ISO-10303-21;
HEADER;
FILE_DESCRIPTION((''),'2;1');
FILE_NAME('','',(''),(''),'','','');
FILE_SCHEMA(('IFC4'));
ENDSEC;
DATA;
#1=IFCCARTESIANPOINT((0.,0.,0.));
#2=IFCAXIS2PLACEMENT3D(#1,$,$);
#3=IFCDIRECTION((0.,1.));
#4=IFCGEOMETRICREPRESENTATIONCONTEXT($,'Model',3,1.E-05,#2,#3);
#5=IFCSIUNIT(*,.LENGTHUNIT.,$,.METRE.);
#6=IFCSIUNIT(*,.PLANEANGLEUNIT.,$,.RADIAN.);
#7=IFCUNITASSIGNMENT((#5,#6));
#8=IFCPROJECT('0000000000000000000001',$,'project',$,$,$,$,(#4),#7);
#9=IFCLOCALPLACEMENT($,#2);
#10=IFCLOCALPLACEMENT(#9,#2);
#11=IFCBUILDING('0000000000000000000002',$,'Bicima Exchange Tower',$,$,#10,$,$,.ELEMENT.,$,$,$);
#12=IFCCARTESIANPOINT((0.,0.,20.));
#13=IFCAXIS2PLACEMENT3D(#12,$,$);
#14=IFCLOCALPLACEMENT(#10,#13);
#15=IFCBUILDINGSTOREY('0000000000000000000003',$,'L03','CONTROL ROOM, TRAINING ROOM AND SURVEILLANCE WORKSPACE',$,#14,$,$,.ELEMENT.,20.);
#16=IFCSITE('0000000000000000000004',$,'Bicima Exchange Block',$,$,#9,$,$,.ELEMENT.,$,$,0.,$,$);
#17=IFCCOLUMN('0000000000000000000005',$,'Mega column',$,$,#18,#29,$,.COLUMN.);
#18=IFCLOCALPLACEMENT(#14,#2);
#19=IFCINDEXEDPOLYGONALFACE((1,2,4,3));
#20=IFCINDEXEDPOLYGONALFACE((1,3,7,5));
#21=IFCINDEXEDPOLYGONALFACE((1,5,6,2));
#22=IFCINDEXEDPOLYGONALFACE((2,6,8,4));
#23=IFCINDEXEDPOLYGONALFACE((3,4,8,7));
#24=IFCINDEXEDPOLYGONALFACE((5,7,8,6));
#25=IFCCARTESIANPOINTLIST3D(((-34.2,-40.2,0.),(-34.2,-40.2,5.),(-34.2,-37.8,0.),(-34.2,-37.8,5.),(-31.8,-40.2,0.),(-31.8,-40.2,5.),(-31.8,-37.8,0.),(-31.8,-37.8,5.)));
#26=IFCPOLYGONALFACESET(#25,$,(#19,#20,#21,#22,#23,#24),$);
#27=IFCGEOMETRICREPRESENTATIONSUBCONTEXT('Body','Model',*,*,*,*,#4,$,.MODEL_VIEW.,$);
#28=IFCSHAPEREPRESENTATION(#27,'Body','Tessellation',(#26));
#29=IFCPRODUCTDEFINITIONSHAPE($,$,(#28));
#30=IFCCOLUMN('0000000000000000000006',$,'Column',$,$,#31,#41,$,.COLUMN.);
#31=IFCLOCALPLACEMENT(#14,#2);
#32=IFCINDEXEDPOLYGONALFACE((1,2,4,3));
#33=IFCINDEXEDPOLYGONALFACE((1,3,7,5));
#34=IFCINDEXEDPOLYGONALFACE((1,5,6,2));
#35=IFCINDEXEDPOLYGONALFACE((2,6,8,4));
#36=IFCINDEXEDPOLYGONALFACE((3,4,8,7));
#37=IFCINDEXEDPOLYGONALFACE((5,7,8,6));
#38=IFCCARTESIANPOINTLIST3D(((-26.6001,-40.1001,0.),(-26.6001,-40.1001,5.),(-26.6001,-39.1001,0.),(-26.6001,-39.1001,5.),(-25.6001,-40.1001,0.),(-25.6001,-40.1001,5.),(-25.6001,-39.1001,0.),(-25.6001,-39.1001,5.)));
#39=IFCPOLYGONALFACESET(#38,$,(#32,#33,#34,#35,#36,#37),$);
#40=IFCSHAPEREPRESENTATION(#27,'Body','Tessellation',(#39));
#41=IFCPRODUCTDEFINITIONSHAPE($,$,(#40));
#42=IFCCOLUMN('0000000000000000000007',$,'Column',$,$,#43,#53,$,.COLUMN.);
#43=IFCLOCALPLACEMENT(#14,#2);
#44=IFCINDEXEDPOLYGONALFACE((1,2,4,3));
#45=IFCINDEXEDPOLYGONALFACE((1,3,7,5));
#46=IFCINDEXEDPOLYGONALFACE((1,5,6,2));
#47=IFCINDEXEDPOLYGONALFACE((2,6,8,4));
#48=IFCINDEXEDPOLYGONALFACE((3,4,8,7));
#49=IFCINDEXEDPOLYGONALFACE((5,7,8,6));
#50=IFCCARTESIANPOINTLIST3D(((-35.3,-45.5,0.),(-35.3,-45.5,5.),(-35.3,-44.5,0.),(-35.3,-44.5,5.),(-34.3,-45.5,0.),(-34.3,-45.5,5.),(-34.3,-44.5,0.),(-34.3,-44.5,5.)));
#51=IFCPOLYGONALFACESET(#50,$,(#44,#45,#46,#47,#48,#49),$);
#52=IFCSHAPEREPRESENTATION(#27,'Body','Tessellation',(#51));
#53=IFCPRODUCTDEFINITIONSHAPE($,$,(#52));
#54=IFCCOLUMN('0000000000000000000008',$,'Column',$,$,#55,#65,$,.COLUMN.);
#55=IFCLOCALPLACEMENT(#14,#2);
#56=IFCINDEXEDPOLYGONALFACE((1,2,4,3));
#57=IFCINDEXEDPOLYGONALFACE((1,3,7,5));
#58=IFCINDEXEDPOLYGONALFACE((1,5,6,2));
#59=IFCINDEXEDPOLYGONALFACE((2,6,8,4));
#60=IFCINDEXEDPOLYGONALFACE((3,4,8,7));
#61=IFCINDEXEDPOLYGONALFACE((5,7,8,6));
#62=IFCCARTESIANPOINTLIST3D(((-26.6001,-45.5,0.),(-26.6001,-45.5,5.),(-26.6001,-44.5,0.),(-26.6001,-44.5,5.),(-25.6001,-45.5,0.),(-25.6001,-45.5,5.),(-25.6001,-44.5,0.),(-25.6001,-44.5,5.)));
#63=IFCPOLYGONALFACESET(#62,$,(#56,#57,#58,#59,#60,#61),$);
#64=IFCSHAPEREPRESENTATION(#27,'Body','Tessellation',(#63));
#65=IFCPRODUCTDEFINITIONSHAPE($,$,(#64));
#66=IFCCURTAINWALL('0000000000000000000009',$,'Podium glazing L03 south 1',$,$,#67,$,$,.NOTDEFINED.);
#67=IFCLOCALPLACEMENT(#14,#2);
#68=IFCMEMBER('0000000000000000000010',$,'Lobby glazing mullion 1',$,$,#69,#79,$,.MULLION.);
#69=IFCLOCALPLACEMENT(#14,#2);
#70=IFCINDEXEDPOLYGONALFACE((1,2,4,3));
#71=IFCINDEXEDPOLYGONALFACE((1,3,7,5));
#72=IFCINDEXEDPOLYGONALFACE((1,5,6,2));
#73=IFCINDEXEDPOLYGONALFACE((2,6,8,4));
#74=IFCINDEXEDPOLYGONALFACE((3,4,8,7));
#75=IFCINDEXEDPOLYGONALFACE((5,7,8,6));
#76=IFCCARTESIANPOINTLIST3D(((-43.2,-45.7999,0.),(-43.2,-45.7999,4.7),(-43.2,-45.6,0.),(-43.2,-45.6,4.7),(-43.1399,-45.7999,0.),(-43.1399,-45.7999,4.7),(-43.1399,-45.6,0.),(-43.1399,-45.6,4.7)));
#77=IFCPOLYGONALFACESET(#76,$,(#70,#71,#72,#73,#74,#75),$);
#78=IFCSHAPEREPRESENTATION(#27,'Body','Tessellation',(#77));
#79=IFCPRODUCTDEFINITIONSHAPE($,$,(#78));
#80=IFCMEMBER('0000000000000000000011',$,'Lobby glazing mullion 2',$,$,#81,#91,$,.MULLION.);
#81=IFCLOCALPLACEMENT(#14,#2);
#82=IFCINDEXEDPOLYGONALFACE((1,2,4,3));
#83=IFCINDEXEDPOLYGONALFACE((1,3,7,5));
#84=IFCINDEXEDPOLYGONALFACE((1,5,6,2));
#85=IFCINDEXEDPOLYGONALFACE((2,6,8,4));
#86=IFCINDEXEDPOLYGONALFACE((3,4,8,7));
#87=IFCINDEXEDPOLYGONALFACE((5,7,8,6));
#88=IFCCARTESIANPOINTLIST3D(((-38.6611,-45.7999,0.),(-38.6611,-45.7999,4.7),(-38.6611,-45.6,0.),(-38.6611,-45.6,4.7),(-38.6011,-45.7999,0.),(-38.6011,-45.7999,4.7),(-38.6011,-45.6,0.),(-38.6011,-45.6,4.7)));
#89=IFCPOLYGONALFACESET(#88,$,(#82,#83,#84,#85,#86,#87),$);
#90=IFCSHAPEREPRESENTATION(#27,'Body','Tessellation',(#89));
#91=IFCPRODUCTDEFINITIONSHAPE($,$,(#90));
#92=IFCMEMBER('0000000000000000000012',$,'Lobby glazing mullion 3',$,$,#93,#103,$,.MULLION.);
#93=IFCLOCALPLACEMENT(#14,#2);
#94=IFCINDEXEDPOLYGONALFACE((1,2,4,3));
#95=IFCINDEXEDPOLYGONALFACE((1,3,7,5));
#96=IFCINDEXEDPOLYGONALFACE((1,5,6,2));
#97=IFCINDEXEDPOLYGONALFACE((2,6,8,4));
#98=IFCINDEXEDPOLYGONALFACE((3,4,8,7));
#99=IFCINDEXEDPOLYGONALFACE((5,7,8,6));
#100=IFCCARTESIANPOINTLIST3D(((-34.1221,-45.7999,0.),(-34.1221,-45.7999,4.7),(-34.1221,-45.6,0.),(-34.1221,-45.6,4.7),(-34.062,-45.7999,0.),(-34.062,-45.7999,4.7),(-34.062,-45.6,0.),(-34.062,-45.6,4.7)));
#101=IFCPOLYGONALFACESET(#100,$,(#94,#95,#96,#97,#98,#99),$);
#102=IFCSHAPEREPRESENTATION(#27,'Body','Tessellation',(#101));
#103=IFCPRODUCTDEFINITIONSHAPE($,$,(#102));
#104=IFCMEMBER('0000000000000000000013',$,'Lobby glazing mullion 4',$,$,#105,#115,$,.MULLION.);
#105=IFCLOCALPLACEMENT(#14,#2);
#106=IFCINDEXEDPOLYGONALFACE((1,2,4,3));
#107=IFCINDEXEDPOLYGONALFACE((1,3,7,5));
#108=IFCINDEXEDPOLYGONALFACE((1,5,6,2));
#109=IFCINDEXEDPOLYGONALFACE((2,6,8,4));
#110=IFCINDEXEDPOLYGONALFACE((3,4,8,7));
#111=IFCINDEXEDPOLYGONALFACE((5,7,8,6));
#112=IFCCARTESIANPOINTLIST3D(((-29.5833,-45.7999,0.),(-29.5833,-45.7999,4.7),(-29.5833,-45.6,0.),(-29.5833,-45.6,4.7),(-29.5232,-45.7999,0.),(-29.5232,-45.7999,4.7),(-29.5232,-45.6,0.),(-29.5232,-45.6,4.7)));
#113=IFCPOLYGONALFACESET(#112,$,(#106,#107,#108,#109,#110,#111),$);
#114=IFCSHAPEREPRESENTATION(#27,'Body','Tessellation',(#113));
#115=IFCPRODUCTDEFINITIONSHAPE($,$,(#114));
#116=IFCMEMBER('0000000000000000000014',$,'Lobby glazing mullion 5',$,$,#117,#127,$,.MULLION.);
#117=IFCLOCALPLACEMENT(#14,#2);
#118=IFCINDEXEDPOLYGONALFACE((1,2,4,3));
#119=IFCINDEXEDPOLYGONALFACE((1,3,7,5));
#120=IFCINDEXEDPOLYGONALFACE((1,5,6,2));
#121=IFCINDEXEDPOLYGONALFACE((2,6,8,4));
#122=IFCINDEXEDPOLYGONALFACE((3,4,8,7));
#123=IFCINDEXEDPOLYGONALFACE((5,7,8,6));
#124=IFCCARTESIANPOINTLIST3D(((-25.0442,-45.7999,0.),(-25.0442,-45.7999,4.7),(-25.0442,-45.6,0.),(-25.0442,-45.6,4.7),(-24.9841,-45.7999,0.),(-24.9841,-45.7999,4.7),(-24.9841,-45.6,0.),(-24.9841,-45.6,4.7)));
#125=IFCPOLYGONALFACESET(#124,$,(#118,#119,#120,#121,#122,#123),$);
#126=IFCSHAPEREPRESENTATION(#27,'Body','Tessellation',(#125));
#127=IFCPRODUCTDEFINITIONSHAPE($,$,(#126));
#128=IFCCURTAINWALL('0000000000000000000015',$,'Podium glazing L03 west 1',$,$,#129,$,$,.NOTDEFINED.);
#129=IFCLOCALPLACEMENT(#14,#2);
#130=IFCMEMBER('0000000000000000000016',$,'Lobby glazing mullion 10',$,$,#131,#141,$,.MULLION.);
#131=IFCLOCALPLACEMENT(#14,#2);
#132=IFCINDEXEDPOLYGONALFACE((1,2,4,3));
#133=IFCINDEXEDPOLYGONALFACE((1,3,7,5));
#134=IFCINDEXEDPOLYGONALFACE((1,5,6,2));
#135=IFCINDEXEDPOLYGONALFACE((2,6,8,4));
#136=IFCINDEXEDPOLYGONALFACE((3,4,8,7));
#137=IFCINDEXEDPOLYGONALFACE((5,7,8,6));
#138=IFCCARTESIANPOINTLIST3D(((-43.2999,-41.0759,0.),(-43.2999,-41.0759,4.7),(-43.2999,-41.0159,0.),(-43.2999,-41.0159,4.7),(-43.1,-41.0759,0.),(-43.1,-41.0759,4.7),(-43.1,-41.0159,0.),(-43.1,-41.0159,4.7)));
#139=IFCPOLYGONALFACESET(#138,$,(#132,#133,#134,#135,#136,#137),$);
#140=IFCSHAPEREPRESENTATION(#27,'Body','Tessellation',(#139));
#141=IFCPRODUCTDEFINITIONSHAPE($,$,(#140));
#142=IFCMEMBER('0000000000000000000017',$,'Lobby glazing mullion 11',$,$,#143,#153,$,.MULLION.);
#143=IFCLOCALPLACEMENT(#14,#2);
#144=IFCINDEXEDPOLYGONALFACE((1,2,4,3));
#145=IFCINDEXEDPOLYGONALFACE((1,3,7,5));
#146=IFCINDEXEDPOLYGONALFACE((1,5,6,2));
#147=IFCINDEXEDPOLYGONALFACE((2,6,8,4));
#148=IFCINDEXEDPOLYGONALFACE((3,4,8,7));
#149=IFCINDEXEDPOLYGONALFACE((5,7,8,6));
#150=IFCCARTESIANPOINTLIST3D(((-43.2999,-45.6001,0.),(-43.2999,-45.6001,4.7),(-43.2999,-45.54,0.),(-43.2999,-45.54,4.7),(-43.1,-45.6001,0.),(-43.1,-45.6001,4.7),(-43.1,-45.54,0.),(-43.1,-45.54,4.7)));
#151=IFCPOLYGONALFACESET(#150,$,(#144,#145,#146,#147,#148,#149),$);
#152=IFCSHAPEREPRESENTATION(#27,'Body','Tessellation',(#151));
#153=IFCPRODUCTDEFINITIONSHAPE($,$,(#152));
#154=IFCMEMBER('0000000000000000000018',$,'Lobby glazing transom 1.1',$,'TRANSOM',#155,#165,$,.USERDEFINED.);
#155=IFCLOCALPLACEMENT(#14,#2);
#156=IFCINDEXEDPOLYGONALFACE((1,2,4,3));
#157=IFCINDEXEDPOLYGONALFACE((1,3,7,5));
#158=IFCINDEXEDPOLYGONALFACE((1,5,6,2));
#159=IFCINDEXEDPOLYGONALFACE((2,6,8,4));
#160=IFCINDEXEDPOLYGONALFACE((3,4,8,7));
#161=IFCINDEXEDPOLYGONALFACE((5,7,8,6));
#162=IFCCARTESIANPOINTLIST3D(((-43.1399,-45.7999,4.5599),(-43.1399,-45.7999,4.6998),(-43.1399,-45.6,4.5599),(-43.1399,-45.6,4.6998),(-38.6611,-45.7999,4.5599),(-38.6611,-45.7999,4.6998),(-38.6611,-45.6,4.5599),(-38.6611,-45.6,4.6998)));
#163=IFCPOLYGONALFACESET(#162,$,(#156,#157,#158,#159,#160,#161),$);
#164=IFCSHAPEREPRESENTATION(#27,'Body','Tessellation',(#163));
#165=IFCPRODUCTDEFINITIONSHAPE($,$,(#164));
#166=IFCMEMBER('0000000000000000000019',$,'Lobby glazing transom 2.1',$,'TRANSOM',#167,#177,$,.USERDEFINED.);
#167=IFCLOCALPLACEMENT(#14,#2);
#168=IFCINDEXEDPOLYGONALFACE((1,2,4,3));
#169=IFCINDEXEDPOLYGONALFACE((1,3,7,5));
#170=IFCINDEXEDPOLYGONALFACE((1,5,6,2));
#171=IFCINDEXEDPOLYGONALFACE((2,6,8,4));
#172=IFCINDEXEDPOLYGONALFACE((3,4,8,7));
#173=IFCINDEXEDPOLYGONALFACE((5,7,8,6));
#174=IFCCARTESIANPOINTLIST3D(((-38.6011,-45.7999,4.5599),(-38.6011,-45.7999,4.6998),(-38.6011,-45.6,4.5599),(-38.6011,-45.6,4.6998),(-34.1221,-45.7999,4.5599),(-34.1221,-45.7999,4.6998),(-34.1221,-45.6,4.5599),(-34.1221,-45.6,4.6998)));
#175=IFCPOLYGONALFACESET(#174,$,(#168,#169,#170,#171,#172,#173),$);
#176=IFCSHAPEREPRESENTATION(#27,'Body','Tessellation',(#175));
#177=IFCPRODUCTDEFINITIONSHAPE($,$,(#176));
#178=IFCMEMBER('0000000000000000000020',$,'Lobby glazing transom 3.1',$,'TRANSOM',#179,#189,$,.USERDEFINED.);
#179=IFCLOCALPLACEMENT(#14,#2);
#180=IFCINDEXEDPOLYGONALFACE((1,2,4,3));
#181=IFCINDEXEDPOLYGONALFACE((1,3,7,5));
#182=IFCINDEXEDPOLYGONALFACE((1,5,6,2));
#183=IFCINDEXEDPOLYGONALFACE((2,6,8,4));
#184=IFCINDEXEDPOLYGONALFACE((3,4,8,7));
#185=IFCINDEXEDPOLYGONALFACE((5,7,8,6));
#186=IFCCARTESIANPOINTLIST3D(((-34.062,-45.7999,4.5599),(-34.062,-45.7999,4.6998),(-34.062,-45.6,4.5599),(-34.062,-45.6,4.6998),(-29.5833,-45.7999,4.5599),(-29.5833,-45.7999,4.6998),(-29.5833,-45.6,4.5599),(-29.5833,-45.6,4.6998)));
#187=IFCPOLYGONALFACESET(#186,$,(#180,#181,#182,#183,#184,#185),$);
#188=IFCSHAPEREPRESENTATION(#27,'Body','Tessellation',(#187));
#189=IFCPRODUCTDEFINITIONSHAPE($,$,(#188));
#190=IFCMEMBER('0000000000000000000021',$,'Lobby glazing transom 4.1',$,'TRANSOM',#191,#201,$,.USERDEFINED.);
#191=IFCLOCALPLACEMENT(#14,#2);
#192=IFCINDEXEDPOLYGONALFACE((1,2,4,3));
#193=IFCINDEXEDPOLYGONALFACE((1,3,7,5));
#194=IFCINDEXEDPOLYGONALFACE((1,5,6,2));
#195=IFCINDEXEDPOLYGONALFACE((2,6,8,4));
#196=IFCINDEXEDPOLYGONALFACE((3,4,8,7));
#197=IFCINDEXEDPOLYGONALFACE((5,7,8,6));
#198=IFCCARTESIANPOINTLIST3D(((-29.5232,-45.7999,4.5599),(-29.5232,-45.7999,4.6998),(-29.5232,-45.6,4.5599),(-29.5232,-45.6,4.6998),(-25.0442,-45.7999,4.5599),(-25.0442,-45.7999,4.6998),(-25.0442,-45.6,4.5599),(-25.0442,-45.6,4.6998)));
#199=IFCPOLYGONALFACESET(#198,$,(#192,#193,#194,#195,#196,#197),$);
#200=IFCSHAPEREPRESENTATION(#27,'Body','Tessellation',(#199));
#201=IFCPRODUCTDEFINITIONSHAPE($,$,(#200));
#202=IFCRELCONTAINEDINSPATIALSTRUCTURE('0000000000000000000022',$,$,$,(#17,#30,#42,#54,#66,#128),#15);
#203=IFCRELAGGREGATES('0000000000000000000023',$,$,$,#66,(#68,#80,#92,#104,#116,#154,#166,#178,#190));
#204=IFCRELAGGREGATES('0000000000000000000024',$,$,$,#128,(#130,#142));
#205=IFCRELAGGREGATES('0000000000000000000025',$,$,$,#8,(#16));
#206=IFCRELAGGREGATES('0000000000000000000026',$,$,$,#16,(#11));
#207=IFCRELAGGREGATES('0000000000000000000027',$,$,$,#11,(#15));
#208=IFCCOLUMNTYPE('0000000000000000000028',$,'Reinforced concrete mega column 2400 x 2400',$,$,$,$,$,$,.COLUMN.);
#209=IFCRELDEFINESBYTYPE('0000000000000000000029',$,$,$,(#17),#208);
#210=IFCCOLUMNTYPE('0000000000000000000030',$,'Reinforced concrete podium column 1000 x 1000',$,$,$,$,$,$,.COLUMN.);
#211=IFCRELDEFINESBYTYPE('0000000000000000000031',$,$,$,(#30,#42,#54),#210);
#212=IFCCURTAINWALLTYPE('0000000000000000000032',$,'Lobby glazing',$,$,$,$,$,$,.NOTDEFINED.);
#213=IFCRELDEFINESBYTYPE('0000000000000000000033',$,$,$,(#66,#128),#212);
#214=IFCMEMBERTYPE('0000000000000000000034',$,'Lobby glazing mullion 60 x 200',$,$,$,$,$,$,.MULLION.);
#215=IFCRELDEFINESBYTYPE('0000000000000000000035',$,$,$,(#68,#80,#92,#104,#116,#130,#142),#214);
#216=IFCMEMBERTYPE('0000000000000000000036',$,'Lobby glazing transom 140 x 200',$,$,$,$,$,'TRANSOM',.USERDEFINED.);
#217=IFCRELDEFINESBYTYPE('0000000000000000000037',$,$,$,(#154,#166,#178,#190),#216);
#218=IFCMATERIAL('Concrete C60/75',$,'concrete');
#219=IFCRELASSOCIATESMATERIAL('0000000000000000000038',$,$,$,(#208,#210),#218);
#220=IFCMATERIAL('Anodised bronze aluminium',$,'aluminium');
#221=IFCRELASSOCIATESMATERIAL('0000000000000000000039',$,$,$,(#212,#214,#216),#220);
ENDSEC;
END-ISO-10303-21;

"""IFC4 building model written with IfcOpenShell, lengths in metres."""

from ifc_helpers import new_model, si_unit, direction, frame, origin, origin_2d, place, context, subcontext, project, spatial, rectangle, extrude, material, material_profile, profile_set, type_object, element, aggregate, save


model = new_model("IFC4")

# Units and contexts
model_context = context("Model", 3, precision=1e-05, world=origin(), true_north=direction((0.0, 1.0)))
body_context = subcontext(model_context, "Body", "Model", "MODEL_VIEW")
ifc_project = project(units=[si_unit("LENGTHUNIT", "METRE"), si_unit("PLANEANGLEUNIT", "RADIAN")], contexts=[model_context])

# Site, building, storey
site_placement = place(None, origin())
site = spatial("IfcSite", under=ifc_project, at=site_placement, Name="Bicima Exchange Block", CompositionType="ELEMENT", RefElevation=0.0)
building_placement = place(site_placement, origin())
building = spatial("IfcBuilding", under=site, at=building_placement, Name="Bicima Exchange Tower", CompositionType="ELEMENT")
storey_placement = place(building_placement, frame((0.0, 0.0, 20.0)))
storey = spatial("IfcBuildingStorey", under=building, at=storey_placement, Name="L03", Description="CONTROL ROOM, TRAINING ROOM AND SURVEILLANCE WORKSPACE", CompositionType="ELEMENT", Elevation=20.0)

# Columns
ifc_material_1 = material(Name="Concrete C60/75", Category="concrete")
ifc_material_profile_1 = material_profile(ifc_material_1, rectangle(XDim=2.3999, YDim=2.3999, at=origin_2d()))
ifc_profile_set_1 = profile_set([ifc_material_profile_1], Name="Concrete C60/75")
column_type_1 = type_object("IfcColumnType", Name="Reinforced concrete mega column 2400 x 2400", PredefinedType="COLUMN", material=ifc_profile_set_1)
column_placement = place(storey_placement, frame((-33.0, -39.0, 0.0), z_axis=(0.0, 0.0, 1.0), x_axis=(1.0, 0.0, 0.0)))
element("IfcColumn", 1, at=column_placement, inside=storey, type_object=column_type_1, Name="Mega column", PredefinedType="COLUMN", context=body_context, shape_type="SweptSolid", body=[
    extrude(rectangle(XDim=2.3999, YDim=2.3999, at=origin_2d()), origin(), (0.0, 0.0, 1.0), 5.0),
])
ifc_material_profile_2 = material_profile(ifc_material_1, rectangle(XDim=1.0, YDim=1.0, at=origin_2d()))
ifc_profile_set_2 = profile_set([ifc_material_profile_2], Name="Concrete C60/75")
column_type_2 = type_object("IfcColumnType", Name="Reinforced concrete podium column 1000 x 1000", PredefinedType="COLUMN", material=ifc_profile_set_2)
for number, where, z_axis, x_axis, name in (
    (2, (-26.1001, -39.6001, 0.0), (0.0, 0.0, 1.0), (1.0, 0.0, 0.0), "Column"),
    (3, (-34.8, -45.0, 0.0), (0.0, 0.0, 1.0), (1.0, 0.0, 0.0), "Column"),
    (4, (-26.1001, -45.0, 0.0), (0.0, 0.0, 1.0), (1.0, 0.0, 0.0), "Column"),
):
    element("IfcColumn", number, at=place(storey_placement, frame(where, z_axis=z_axis, x_axis=x_axis)), inside=storey, type_object=column_type_2, Name=name, PredefinedType="COLUMN", context=body_context, shape_type="SweptSolid", body=[
        extrude(rectangle(XDim=1.0, YDim=1.0, at=origin_2d()), origin(), (0.0, 0.0, 1.0), 5.0),
    ])

# Curtain walls, members
ifc_material_2 = material(Name="Anodised bronze aluminium", Category="aluminium")
curtain_wall_type = type_object("IfcCurtainWallType", Name="Lobby glazing", PredefinedType="NOTDEFINED", material=ifc_material_2)
curtain_wall_1_placement = place(storey_placement, origin())
curtain_wall_1 = element("IfcCurtainWall", 5, at=curtain_wall_1_placement, inside=storey, type_object=curtain_wall_type, Name="Podium glazing L03 south 1", PredefinedType="NOTDEFINED")
ifc_material_profile_3 = material_profile(ifc_material_2, rectangle(XDim=0.2, YDim=0.0601, at=origin_2d()))
ifc_profile_set_3 = profile_set([ifc_material_profile_3], Name="Anodised bronze aluminium")
member_type_1 = type_object("IfcMemberType", Name="Lobby glazing mullion 60 x 200", PredefinedType="MULLION", material=ifc_profile_set_3)
member_1_placement = place(storey_placement, frame((-43.1699, -45.7, 0.0), z_axis=(0.0, 0.0, 1.0), x_axis=(0.0, 1.0, 0.0)))
member_1 = element("IfcMember", 6, at=member_1_placement, type_object=member_type_1, Name="Lobby glazing mullion 1", PredefinedType="MULLION", context=body_context, shape_type="SweptSolid", body=[
    extrude(rectangle(XDim=0.2, YDim=0.0601, at=origin_2d()), origin(), (0.0, 0.0, 1.0), 4.7),
])
member_2_placement = place(storey_placement, frame((-38.6311, -45.7, 0.0), z_axis=(0.0, 0.0, 1.0), x_axis=(0.0, 1.0, 0.0)))
member_2 = element("IfcMember", 7, at=member_2_placement, type_object=member_type_1, Name="Lobby glazing mullion 2", PredefinedType="MULLION", context=body_context, shape_type="SweptSolid", body=[
    extrude(rectangle(XDim=0.2, YDim=0.0601, at=origin_2d()), origin(), (0.0, 0.0, 1.0), 4.7),
])
member_3_placement = place(storey_placement, frame((-34.092, -45.7, 0.0), z_axis=(0.0, 0.0, 1.0), x_axis=(0.0, 1.0, 0.0)))
member_3 = element("IfcMember", 8, at=member_3_placement, type_object=member_type_1, Name="Lobby glazing mullion 3", PredefinedType="MULLION", context=body_context, shape_type="SweptSolid", body=[
    extrude(rectangle(XDim=0.2, YDim=0.0601, at=origin_2d()), origin(), (0.0, 0.0, 1.0), 4.7),
])
member_4_placement = place(storey_placement, frame((-29.5532, -45.7, 0.0), z_axis=(0.0, 0.0, 1.0), x_axis=(0.0, 1.0, 0.0)))
member_4 = element("IfcMember", 9, at=member_4_placement, type_object=member_type_1, Name="Lobby glazing mullion 4", PredefinedType="MULLION", context=body_context, shape_type="SweptSolid", body=[
    extrude(rectangle(XDim=0.2, YDim=0.0601, at=origin_2d()), origin(), (0.0, 0.0, 1.0), 4.7),
])
member_5_placement = place(storey_placement, frame((-25.0142, -45.7, 0.0), z_axis=(0.0, 0.0, 1.0), x_axis=(0.0, 1.0, 0.0)))
member_5 = element("IfcMember", 10, at=member_5_placement, type_object=member_type_1, Name="Lobby glazing mullion 5", PredefinedType="MULLION", context=body_context, shape_type="SweptSolid", body=[
    extrude(rectangle(XDim=0.2, YDim=0.0601, at=origin_2d()), origin(), (0.0, 0.0, 1.0), 4.7),
])
curtain_wall_2_placement = place(storey_placement, origin())
curtain_wall_2 = element("IfcCurtainWall", 11, at=curtain_wall_2_placement, inside=storey, type_object=curtain_wall_type, Name="Podium glazing L03 west 1", PredefinedType="NOTDEFINED")
member_6_placement = place(storey_placement, frame((-43.2, -41.0459, 0.0), z_axis=(0.0, 0.0, 1.0), x_axis=(1.0, 0.0, 0.0)))
member_6 = element("IfcMember", 12, at=member_6_placement, type_object=member_type_1, Name="Lobby glazing mullion 10", PredefinedType="MULLION", context=body_context, shape_type="SweptSolid", body=[
    extrude(rectangle(XDim=0.2, YDim=0.0601, at=origin_2d()), origin(), (0.0, 0.0, 1.0), 4.7),
])
member_7_placement = place(storey_placement, frame((-43.2, -45.5701, 0.0), z_axis=(0.0, 0.0, 1.0), x_axis=(1.0, 0.0, 0.0)))
member_7 = element("IfcMember", 13, at=member_7_placement, type_object=member_type_1, Name="Lobby glazing mullion 11", PredefinedType="MULLION", context=body_context, shape_type="SweptSolid", body=[
    extrude(rectangle(XDim=0.2, YDim=0.0601, at=origin_2d()), origin(), (0.0, 0.0, 1.0), 4.7),
])

# Members
ifc_material_profile_4 = material_profile(ifc_material_2, rectangle(XDim=0.2, YDim=0.1399, at=origin_2d()))
ifc_profile_set_4 = profile_set([ifc_material_profile_4], Name="Anodised bronze aluminium")
member_type_2 = type_object("IfcMemberType", Name="Lobby glazing transom 140 x 200", ElementType="TRANSOM", PredefinedType="USERDEFINED", material=ifc_profile_set_4)
member_8_placement = place(storey_placement, frame((-43.1399, -45.7, 4.6299), z_axis=(1.0, 0.0, 0.0), x_axis=(0.0, 1.0, 0.0)))
member_8 = element("IfcMember", 14, at=member_8_placement, type_object=member_type_2, Name="Lobby glazing transom 1.1", ObjectType="TRANSOM", PredefinedType="USERDEFINED", context=body_context, shape_type="SweptSolid", body=[
    extrude(rectangle(XDim=0.2, YDim=0.1399, at=origin_2d()), origin(), (0.0, 0.0, 1.0), 4.4788),
])
member_9_placement = place(storey_placement, frame((-38.6011, -45.7, 4.6299), z_axis=(1.0, 0.0, 0.0), x_axis=(0.0, 1.0, 0.0)))
member_9 = element("IfcMember", 15, at=member_9_placement, type_object=member_type_2, Name="Lobby glazing transom 2.1", ObjectType="TRANSOM", PredefinedType="USERDEFINED", context=body_context, shape_type="SweptSolid", body=[
    extrude(rectangle(XDim=0.2, YDim=0.1399, at=origin_2d()), origin(), (0.0, 0.0, 1.0), 4.479),
])
member_10_placement = place(storey_placement, frame((-34.062, -45.7, 4.6299), z_axis=(1.0, 0.0, 0.0), x_axis=(0.0, 1.0, 0.0)))
member_10 = element("IfcMember", 16, at=member_10_placement, type_object=member_type_2, Name="Lobby glazing transom 3.1", ObjectType="TRANSOM", PredefinedType="USERDEFINED", context=body_context, shape_type="SweptSolid", body=[
    extrude(rectangle(XDim=0.2, YDim=0.1399, at=origin_2d()), origin(), (0.0, 0.0, 1.0), 4.4788),
])
member_11_placement = place(storey_placement, frame((-29.5232, -45.7, 4.6299), z_axis=(1.0, 0.0, 0.0), x_axis=(0.0, 1.0, 0.0)))
member_11 = element("IfcMember", 17, at=member_11_placement, type_object=member_type_2, Name="Lobby glazing transom 4.1", ObjectType="TRANSOM", PredefinedType="USERDEFINED", context=body_context, shape_type="SweptSolid", body=[
    extrude(rectangle(XDim=0.2, YDim=0.1399, at=origin_2d()), origin(), (0.0, 0.0, 1.0), 4.479),
])

aggregate(curtain_wall_1, [member_1, member_2, member_3, member_4, member_5, member_8, member_9, member_10, member_11])
aggregate(curtain_wall_2, [member_6, member_7])

save(model, "model.ifc")
